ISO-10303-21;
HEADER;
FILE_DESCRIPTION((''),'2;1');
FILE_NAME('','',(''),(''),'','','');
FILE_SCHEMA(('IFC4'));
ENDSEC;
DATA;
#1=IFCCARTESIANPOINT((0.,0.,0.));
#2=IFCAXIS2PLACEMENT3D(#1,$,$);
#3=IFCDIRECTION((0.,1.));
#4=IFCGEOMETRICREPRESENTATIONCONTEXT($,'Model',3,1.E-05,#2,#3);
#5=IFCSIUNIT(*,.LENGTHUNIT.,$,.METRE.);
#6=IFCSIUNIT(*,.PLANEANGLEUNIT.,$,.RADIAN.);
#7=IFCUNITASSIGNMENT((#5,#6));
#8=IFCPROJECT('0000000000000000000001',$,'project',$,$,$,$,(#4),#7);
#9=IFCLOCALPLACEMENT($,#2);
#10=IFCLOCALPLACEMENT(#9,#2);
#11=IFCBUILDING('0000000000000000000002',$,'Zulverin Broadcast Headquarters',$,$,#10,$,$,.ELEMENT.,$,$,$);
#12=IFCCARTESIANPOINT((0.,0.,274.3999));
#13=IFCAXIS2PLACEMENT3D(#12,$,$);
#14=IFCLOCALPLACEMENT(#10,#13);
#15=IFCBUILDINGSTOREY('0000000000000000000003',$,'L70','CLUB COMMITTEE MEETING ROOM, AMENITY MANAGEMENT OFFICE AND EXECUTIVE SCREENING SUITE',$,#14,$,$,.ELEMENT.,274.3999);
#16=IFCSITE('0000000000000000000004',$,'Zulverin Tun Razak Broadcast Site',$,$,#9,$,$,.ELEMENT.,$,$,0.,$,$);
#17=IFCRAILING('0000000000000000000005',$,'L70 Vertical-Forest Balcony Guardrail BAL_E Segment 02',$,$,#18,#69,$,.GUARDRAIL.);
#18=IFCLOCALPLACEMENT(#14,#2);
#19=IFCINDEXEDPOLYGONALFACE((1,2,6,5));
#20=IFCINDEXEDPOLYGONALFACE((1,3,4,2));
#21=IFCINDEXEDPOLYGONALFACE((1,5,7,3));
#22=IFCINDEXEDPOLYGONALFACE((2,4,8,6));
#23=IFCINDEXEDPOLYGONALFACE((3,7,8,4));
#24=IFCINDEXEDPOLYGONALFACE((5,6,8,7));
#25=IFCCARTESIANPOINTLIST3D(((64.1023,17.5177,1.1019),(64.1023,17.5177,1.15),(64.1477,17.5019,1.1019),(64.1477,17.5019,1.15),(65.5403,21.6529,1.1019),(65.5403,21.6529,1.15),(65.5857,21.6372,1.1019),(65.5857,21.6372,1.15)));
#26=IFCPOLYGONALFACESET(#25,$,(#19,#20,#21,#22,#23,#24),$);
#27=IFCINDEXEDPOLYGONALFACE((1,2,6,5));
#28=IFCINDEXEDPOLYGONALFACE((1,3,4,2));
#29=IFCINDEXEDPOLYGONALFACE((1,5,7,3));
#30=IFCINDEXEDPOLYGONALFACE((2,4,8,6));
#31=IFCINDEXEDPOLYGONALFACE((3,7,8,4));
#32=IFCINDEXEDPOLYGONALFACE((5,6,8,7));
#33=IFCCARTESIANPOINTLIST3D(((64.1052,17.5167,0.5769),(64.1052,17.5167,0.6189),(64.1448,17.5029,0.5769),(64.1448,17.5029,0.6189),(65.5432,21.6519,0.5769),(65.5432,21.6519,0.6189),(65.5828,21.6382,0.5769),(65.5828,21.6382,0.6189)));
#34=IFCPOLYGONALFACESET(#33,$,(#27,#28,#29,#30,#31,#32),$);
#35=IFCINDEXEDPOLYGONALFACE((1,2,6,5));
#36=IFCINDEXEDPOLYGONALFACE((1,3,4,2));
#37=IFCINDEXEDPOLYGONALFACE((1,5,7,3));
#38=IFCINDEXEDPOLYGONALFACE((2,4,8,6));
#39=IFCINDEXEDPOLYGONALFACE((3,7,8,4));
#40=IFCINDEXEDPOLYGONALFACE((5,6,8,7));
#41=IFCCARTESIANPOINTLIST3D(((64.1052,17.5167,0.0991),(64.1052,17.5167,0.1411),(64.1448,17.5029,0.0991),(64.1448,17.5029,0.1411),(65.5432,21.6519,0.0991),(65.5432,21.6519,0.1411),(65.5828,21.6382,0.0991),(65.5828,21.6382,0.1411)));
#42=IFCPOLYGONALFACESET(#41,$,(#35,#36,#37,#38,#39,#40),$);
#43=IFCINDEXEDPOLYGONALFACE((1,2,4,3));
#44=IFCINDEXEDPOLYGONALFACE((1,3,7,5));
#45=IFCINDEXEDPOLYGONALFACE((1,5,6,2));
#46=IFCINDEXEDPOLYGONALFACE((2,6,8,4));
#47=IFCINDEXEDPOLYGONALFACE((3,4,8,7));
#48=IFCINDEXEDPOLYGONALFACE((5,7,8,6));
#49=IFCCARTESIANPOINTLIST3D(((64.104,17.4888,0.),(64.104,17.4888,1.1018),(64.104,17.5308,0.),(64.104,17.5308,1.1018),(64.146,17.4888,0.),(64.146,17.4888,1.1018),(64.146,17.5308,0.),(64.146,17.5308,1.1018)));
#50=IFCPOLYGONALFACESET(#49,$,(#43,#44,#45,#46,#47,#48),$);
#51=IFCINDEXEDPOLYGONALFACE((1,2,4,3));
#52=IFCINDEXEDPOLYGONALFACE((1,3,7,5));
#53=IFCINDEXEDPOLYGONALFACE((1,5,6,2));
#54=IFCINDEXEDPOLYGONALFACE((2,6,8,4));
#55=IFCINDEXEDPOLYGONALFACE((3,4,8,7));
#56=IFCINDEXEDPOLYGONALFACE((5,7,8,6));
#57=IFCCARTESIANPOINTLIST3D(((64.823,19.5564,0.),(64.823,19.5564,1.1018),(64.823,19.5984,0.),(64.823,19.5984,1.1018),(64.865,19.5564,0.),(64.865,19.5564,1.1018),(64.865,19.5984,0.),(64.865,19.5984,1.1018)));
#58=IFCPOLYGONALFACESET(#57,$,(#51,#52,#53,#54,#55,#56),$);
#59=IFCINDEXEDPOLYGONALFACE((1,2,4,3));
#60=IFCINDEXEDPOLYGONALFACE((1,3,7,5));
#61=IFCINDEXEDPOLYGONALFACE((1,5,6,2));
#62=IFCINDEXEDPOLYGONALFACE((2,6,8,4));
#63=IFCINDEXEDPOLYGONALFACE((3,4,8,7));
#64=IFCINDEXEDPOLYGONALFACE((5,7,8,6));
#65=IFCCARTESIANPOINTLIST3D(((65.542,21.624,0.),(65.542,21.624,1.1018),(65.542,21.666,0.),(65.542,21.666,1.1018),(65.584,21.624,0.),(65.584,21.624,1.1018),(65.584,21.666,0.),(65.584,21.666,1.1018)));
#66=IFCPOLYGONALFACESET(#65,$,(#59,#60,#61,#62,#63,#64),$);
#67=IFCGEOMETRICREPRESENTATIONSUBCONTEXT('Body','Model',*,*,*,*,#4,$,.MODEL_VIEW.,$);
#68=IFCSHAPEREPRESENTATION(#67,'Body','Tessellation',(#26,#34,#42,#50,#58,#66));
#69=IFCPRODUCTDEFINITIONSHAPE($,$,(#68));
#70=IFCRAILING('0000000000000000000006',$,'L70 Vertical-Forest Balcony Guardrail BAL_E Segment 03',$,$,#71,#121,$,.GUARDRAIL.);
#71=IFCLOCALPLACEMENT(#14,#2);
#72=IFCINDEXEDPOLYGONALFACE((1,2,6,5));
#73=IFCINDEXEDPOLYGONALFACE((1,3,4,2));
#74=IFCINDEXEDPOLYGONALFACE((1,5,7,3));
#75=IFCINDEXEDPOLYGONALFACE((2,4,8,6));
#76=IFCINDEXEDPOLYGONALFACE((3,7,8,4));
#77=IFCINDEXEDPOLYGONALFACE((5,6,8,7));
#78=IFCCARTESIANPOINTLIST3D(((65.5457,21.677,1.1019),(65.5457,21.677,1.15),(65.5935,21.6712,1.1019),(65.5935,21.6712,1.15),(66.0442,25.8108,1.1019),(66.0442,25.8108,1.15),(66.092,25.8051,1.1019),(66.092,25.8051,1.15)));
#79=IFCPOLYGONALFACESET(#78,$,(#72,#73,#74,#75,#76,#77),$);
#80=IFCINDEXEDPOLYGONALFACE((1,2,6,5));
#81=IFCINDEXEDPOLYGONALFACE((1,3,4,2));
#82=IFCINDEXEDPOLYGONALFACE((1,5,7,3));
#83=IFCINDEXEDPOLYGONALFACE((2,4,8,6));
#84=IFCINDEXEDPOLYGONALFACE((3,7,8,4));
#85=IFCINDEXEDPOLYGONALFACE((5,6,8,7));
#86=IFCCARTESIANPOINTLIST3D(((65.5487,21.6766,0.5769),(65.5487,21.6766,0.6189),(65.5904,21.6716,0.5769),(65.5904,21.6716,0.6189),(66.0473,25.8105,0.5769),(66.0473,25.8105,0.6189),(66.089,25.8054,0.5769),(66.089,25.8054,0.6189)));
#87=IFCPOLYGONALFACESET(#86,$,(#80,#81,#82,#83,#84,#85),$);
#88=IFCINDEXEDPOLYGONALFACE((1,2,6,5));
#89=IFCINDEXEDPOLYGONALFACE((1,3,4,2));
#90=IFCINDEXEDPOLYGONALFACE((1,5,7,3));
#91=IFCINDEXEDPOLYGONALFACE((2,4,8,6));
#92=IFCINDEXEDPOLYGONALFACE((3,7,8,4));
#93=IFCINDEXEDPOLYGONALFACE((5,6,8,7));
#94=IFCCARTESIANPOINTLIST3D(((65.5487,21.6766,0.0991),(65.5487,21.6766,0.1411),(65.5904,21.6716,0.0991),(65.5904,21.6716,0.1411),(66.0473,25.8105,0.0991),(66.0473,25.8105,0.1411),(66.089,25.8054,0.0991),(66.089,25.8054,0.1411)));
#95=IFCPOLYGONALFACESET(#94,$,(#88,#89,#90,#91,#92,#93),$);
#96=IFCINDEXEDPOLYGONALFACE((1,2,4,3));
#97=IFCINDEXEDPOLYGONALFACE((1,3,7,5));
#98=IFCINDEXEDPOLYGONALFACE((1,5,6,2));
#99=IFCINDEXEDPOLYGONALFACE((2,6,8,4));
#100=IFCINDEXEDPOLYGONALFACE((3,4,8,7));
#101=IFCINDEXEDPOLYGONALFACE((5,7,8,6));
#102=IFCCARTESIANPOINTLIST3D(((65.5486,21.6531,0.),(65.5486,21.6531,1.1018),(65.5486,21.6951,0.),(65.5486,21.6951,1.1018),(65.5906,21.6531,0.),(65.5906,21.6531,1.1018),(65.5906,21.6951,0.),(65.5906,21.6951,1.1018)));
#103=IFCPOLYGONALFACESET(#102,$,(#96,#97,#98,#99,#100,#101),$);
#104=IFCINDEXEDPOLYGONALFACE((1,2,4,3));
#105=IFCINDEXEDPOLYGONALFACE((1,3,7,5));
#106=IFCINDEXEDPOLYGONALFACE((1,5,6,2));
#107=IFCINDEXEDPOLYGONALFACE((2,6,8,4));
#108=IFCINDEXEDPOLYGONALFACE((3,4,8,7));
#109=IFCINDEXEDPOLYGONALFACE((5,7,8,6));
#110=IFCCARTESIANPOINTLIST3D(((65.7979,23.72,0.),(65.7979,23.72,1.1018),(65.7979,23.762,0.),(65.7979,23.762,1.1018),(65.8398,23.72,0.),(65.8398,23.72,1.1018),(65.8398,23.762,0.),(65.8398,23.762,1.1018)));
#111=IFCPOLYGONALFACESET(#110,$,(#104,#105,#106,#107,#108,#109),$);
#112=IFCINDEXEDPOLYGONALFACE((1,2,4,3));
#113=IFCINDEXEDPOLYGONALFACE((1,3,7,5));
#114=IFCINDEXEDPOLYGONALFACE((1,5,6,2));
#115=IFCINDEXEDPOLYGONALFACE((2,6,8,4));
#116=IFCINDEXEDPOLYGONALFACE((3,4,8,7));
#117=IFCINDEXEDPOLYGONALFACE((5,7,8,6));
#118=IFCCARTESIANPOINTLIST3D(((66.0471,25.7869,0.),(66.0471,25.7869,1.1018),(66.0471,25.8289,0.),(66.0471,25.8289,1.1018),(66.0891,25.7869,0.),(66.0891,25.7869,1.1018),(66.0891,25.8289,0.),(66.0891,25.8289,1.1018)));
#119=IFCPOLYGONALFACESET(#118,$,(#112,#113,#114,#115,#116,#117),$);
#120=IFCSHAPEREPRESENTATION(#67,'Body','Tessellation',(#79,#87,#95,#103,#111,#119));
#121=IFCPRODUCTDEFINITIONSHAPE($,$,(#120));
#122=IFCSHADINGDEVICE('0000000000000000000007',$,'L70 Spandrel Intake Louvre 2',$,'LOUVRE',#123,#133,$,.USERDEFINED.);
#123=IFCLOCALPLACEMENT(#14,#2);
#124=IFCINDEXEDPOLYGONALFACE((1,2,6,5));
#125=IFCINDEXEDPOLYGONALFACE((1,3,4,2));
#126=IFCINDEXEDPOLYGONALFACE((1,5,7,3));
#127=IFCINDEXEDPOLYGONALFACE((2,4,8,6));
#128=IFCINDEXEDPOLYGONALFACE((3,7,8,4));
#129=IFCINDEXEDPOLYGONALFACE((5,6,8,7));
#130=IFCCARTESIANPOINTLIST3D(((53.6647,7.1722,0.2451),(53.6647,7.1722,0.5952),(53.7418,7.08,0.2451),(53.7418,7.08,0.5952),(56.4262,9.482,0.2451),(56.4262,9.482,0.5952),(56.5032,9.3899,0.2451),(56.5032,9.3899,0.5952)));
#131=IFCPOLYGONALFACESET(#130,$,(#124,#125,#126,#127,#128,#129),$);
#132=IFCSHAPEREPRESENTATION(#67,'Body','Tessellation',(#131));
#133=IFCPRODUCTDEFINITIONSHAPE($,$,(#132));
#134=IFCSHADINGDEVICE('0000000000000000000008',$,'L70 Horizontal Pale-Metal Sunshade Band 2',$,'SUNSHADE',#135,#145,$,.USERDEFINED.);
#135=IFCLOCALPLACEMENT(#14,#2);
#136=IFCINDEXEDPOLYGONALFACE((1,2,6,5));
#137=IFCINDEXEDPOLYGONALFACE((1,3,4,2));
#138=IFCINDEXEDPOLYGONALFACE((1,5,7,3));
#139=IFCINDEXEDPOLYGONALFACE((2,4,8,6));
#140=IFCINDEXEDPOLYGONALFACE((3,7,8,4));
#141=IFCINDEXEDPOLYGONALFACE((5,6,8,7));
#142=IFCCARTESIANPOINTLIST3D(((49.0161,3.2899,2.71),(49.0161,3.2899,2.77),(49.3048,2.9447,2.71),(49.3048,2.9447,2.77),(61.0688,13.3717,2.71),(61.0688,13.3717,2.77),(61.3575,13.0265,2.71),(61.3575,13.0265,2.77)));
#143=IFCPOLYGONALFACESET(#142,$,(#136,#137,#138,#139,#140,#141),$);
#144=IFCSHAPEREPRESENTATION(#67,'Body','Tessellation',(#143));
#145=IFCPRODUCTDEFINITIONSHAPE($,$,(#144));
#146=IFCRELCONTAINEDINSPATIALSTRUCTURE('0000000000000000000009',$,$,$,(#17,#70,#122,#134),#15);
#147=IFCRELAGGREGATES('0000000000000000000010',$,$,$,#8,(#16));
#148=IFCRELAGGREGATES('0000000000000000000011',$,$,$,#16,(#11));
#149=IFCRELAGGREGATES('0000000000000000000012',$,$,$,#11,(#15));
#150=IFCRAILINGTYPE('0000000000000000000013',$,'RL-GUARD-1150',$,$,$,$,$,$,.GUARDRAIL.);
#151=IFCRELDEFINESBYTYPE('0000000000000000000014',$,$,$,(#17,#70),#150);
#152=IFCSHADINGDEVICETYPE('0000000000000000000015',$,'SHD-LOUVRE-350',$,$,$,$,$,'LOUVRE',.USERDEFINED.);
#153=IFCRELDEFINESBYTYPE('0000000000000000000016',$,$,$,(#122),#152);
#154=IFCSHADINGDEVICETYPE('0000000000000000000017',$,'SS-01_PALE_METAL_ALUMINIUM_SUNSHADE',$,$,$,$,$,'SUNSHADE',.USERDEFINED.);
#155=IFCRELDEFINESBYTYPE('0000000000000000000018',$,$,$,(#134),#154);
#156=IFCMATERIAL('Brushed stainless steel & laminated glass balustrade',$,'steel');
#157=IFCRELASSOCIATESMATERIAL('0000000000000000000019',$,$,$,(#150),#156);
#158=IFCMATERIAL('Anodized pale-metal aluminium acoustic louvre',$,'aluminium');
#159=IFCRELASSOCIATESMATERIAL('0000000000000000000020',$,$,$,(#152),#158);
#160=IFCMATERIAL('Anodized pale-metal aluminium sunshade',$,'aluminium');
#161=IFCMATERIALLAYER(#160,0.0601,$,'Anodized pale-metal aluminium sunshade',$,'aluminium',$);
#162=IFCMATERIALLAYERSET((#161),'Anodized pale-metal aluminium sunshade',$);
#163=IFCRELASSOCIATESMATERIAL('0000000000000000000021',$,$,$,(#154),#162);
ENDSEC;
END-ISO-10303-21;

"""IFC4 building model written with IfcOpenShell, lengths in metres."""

from ifc_helpers import new_model, si_unit, direction, frame, origin, origin_2d, place, context, subcontext, project, spatial, rectangle, extrude, material, layer, layer_set, type_object, element, save


model = new_model("IFC4")

# Units and contexts
model_context = context("Model", 3, precision=1e-05, world=origin(), true_north=direction((0.0, 1.0)))
body_context = subcontext(model_context, "Body", "Model", "MODEL_VIEW")
ifc_project = project(units=[si_unit("LENGTHUNIT", "METRE"), si_unit("PLANEANGLEUNIT", "RADIAN")], contexts=[model_context])

# Site, building, storey
site_placement = place(None, origin())
site = spatial("IfcSite", under=ifc_project, at=site_placement, Name="Zulverin Tun Razak Broadcast Site", CompositionType="ELEMENT", RefElevation=0.0)
building_placement = place(site_placement, origin())
building = spatial("IfcBuilding", under=site, at=building_placement, Name="Zulverin Broadcast Headquarters", CompositionType="ELEMENT")
storey_placement = place(building_placement, frame((0.0, 0.0, 274.3999)))
storey = spatial("IfcBuildingStorey", under=building, at=storey_placement, Name="L70", Description="CLUB COMMITTEE MEETING ROOM, AMENITY MANAGEMENT OFFICE AND EXECUTIVE SCREENING SUITE", CompositionType="ELEMENT", Elevation=274.3999)

# Railings
ifc_material_1 = material(Name="Brushed stainless steel & laminated glass balustrade", Category="steel")
railing_type = type_object("IfcRailingType", Name="RL-GUARD-1150", PredefinedType="GUARDRAIL", material=ifc_material_1)
railing_1_placement = place(storey_placement, frame((64.125, 17.5098, 0.0)))
element("IfcRailing", 1, at=railing_1_placement, inside=storey, type_object=railing_type, Name="L70 Vertical-Forest Balcony Guardrail BAL_E Segment 02", PredefinedType="GUARDRAIL", context=body_context, shape_type="SweptSolid", body=[
    extrude(rectangle(XDim=0.0481, YDim=0.0481, at=origin_2d()), frame((0.0, 0.0, 1.126), z_axis=(0.328447, 0.944522, 0.0), x_axis=(-0.944522, 0.328447, 0.0)), (0.0, 0.0, 1.0), 4.3782),
    extrude(rectangle(XDim=0.042, YDim=0.042, at=origin_2d()), frame((0.0, 0.0, 0.5979), z_axis=(0.328447, 0.944522, 0.0), x_axis=(-0.944522, 0.328447, 0.0)), (0.0, 0.0, 1.0), 4.3782),
    extrude(rectangle(XDim=0.042, YDim=0.042, at=origin_2d()), frame((0.0, 0.0, 0.1201), z_axis=(0.328447, 0.944522, 0.0), x_axis=(-0.944522, 0.328447, 0.0)), (0.0, 0.0, 1.0), 4.3782),
    extrude(rectangle(XDim=0.042, YDim=0.042, at=origin_2d()), origin(), (0.0, 0.0, 1.0), 1.1018),
    extrude(rectangle(XDim=0.042, YDim=0.042, at=origin_2d()), frame((0.719, 2.0676, 0.0)), (0.0, 0.0, 1.0), 1.1018),
    extrude(rectangle(XDim=0.042, YDim=0.042, at=origin_2d()), frame((1.438, 4.1353, 0.0)), (0.0, 0.0, 1.0), 1.1018),
])
railing_2_placement = place(storey_placement, frame((65.5696, 21.6741, 0.0)))
element("IfcRailing", 2, at=railing_2_placement, inside=storey, type_object=railing_type, Name="L70 Vertical-Forest Balcony Guardrail BAL_E Segment 03", PredefinedType="GUARDRAIL", context=body_context, shape_type="SweptSolid", body=[
    extrude(rectangle(XDim=0.0481, YDim=0.0481, at=origin_2d()), frame((0.0, 0.0, 1.126), z_axis=(0.119732, 0.992806, 0.0), x_axis=(-0.992806, 0.119732, 0.0)), (0.0, 0.0, 1.0), 4.1638),
    extrude(rectangle(XDim=0.042, YDim=0.042, at=origin_2d()), frame((0.0, 0.0, 0.5979), z_axis=(0.119732, 0.992806, 0.0), x_axis=(-0.992806, 0.119732, 0.0)), (0.0, 0.0, 1.0), 4.1638),
    extrude(rectangle(XDim=0.042, YDim=0.042, at=origin_2d()), frame((0.0, 0.0, 0.1201), z_axis=(0.119732, 0.992806, 0.0), x_axis=(-0.992806, 0.119732, 0.0)), (0.0, 0.0, 1.0), 4.1638),
    extrude(rectangle(XDim=0.042, YDim=0.042, at=origin_2d()), origin(), (0.0, 0.0, 1.0), 1.1018),
    extrude(rectangle(XDim=0.042, YDim=0.042, at=origin_2d()), frame((0.2493, 2.0669, 0.0)), (0.0, 0.0, 1.0), 1.1018),
    extrude(rectangle(XDim=0.042, YDim=0.042, at=origin_2d()), frame((0.4985, 4.1338, 0.0)), (0.0, 0.0, 1.0), 1.1018),
])

# Shading devices
ifc_material_2 = material(Name="Anodized pale-metal aluminium acoustic louvre", Category="aluminium")
shading_device_type_1 = type_object("IfcShadingDeviceType", Name="SHD-LOUVRE-350", ElementType="LOUVRE", PredefinedType="USERDEFINED", material=ifc_material_2)
shading_device_1_placement = place(storey_placement, frame((55.084, 8.281, 0.2451), z_axis=(0.0, 0.0, 1.0), x_axis=(0.767035, 0.641605, 0.0)))
element("IfcShadingDevice", 3, at=shading_device_1_placement, inside=storey, type_object=shading_device_type_1, Name="L70 Spandrel Intake Louvre 2", ObjectType="LOUVRE", PredefinedType="USERDEFINED", context=body_context, shape_type="SweptSolid", body=[
    extrude(rectangle(XDim=3.6001, YDim=0.1201, at=origin_2d()), origin(), (0.0, 0.0, 1.0), 0.3501),
])
ifc_material_3 = material(Name="Anodized pale-metal aluminium sunshade", Category="aluminium")
ifc_layer_1 = layer(ifc_material_3, 0.0601, Name="Anodized pale-metal aluminium sunshade", Category="aluminium")
ifc_layer_set_1 = layer_set([ifc_layer_1], Name="Anodized pale-metal aluminium sunshade")
shading_device_type_2 = type_object("IfcShadingDeviceType", Name="SS-01_PALE_METAL_ALUMINIUM_SUNSHADE", ElementType="SUNSHADE", PredefinedType="USERDEFINED", material=ifc_layer_set_1)
shading_device_2_placement = place(storey_placement, frame((55.1868, 8.1582, 2.71), z_axis=(0.0, 0.0, 1.0), x_axis=(0.767035, 0.641605, 0.0)))
element("IfcShadingDevice", 4, at=shading_device_2_placement, inside=storey, type_object=shading_device_type_2, Name="L70 Horizontal Pale-Metal Sunshade Band 2", ObjectType="SUNSHADE", PredefinedType="USERDEFINED", context=body_context, shape_type="SweptSolid", body=[
    extrude(rectangle(XDim=15.7134, YDim=0.45, at=origin_2d()), origin(), (0.0, 0.0, 1.0), 0.0601),
])

save(model, "model.ifc")
